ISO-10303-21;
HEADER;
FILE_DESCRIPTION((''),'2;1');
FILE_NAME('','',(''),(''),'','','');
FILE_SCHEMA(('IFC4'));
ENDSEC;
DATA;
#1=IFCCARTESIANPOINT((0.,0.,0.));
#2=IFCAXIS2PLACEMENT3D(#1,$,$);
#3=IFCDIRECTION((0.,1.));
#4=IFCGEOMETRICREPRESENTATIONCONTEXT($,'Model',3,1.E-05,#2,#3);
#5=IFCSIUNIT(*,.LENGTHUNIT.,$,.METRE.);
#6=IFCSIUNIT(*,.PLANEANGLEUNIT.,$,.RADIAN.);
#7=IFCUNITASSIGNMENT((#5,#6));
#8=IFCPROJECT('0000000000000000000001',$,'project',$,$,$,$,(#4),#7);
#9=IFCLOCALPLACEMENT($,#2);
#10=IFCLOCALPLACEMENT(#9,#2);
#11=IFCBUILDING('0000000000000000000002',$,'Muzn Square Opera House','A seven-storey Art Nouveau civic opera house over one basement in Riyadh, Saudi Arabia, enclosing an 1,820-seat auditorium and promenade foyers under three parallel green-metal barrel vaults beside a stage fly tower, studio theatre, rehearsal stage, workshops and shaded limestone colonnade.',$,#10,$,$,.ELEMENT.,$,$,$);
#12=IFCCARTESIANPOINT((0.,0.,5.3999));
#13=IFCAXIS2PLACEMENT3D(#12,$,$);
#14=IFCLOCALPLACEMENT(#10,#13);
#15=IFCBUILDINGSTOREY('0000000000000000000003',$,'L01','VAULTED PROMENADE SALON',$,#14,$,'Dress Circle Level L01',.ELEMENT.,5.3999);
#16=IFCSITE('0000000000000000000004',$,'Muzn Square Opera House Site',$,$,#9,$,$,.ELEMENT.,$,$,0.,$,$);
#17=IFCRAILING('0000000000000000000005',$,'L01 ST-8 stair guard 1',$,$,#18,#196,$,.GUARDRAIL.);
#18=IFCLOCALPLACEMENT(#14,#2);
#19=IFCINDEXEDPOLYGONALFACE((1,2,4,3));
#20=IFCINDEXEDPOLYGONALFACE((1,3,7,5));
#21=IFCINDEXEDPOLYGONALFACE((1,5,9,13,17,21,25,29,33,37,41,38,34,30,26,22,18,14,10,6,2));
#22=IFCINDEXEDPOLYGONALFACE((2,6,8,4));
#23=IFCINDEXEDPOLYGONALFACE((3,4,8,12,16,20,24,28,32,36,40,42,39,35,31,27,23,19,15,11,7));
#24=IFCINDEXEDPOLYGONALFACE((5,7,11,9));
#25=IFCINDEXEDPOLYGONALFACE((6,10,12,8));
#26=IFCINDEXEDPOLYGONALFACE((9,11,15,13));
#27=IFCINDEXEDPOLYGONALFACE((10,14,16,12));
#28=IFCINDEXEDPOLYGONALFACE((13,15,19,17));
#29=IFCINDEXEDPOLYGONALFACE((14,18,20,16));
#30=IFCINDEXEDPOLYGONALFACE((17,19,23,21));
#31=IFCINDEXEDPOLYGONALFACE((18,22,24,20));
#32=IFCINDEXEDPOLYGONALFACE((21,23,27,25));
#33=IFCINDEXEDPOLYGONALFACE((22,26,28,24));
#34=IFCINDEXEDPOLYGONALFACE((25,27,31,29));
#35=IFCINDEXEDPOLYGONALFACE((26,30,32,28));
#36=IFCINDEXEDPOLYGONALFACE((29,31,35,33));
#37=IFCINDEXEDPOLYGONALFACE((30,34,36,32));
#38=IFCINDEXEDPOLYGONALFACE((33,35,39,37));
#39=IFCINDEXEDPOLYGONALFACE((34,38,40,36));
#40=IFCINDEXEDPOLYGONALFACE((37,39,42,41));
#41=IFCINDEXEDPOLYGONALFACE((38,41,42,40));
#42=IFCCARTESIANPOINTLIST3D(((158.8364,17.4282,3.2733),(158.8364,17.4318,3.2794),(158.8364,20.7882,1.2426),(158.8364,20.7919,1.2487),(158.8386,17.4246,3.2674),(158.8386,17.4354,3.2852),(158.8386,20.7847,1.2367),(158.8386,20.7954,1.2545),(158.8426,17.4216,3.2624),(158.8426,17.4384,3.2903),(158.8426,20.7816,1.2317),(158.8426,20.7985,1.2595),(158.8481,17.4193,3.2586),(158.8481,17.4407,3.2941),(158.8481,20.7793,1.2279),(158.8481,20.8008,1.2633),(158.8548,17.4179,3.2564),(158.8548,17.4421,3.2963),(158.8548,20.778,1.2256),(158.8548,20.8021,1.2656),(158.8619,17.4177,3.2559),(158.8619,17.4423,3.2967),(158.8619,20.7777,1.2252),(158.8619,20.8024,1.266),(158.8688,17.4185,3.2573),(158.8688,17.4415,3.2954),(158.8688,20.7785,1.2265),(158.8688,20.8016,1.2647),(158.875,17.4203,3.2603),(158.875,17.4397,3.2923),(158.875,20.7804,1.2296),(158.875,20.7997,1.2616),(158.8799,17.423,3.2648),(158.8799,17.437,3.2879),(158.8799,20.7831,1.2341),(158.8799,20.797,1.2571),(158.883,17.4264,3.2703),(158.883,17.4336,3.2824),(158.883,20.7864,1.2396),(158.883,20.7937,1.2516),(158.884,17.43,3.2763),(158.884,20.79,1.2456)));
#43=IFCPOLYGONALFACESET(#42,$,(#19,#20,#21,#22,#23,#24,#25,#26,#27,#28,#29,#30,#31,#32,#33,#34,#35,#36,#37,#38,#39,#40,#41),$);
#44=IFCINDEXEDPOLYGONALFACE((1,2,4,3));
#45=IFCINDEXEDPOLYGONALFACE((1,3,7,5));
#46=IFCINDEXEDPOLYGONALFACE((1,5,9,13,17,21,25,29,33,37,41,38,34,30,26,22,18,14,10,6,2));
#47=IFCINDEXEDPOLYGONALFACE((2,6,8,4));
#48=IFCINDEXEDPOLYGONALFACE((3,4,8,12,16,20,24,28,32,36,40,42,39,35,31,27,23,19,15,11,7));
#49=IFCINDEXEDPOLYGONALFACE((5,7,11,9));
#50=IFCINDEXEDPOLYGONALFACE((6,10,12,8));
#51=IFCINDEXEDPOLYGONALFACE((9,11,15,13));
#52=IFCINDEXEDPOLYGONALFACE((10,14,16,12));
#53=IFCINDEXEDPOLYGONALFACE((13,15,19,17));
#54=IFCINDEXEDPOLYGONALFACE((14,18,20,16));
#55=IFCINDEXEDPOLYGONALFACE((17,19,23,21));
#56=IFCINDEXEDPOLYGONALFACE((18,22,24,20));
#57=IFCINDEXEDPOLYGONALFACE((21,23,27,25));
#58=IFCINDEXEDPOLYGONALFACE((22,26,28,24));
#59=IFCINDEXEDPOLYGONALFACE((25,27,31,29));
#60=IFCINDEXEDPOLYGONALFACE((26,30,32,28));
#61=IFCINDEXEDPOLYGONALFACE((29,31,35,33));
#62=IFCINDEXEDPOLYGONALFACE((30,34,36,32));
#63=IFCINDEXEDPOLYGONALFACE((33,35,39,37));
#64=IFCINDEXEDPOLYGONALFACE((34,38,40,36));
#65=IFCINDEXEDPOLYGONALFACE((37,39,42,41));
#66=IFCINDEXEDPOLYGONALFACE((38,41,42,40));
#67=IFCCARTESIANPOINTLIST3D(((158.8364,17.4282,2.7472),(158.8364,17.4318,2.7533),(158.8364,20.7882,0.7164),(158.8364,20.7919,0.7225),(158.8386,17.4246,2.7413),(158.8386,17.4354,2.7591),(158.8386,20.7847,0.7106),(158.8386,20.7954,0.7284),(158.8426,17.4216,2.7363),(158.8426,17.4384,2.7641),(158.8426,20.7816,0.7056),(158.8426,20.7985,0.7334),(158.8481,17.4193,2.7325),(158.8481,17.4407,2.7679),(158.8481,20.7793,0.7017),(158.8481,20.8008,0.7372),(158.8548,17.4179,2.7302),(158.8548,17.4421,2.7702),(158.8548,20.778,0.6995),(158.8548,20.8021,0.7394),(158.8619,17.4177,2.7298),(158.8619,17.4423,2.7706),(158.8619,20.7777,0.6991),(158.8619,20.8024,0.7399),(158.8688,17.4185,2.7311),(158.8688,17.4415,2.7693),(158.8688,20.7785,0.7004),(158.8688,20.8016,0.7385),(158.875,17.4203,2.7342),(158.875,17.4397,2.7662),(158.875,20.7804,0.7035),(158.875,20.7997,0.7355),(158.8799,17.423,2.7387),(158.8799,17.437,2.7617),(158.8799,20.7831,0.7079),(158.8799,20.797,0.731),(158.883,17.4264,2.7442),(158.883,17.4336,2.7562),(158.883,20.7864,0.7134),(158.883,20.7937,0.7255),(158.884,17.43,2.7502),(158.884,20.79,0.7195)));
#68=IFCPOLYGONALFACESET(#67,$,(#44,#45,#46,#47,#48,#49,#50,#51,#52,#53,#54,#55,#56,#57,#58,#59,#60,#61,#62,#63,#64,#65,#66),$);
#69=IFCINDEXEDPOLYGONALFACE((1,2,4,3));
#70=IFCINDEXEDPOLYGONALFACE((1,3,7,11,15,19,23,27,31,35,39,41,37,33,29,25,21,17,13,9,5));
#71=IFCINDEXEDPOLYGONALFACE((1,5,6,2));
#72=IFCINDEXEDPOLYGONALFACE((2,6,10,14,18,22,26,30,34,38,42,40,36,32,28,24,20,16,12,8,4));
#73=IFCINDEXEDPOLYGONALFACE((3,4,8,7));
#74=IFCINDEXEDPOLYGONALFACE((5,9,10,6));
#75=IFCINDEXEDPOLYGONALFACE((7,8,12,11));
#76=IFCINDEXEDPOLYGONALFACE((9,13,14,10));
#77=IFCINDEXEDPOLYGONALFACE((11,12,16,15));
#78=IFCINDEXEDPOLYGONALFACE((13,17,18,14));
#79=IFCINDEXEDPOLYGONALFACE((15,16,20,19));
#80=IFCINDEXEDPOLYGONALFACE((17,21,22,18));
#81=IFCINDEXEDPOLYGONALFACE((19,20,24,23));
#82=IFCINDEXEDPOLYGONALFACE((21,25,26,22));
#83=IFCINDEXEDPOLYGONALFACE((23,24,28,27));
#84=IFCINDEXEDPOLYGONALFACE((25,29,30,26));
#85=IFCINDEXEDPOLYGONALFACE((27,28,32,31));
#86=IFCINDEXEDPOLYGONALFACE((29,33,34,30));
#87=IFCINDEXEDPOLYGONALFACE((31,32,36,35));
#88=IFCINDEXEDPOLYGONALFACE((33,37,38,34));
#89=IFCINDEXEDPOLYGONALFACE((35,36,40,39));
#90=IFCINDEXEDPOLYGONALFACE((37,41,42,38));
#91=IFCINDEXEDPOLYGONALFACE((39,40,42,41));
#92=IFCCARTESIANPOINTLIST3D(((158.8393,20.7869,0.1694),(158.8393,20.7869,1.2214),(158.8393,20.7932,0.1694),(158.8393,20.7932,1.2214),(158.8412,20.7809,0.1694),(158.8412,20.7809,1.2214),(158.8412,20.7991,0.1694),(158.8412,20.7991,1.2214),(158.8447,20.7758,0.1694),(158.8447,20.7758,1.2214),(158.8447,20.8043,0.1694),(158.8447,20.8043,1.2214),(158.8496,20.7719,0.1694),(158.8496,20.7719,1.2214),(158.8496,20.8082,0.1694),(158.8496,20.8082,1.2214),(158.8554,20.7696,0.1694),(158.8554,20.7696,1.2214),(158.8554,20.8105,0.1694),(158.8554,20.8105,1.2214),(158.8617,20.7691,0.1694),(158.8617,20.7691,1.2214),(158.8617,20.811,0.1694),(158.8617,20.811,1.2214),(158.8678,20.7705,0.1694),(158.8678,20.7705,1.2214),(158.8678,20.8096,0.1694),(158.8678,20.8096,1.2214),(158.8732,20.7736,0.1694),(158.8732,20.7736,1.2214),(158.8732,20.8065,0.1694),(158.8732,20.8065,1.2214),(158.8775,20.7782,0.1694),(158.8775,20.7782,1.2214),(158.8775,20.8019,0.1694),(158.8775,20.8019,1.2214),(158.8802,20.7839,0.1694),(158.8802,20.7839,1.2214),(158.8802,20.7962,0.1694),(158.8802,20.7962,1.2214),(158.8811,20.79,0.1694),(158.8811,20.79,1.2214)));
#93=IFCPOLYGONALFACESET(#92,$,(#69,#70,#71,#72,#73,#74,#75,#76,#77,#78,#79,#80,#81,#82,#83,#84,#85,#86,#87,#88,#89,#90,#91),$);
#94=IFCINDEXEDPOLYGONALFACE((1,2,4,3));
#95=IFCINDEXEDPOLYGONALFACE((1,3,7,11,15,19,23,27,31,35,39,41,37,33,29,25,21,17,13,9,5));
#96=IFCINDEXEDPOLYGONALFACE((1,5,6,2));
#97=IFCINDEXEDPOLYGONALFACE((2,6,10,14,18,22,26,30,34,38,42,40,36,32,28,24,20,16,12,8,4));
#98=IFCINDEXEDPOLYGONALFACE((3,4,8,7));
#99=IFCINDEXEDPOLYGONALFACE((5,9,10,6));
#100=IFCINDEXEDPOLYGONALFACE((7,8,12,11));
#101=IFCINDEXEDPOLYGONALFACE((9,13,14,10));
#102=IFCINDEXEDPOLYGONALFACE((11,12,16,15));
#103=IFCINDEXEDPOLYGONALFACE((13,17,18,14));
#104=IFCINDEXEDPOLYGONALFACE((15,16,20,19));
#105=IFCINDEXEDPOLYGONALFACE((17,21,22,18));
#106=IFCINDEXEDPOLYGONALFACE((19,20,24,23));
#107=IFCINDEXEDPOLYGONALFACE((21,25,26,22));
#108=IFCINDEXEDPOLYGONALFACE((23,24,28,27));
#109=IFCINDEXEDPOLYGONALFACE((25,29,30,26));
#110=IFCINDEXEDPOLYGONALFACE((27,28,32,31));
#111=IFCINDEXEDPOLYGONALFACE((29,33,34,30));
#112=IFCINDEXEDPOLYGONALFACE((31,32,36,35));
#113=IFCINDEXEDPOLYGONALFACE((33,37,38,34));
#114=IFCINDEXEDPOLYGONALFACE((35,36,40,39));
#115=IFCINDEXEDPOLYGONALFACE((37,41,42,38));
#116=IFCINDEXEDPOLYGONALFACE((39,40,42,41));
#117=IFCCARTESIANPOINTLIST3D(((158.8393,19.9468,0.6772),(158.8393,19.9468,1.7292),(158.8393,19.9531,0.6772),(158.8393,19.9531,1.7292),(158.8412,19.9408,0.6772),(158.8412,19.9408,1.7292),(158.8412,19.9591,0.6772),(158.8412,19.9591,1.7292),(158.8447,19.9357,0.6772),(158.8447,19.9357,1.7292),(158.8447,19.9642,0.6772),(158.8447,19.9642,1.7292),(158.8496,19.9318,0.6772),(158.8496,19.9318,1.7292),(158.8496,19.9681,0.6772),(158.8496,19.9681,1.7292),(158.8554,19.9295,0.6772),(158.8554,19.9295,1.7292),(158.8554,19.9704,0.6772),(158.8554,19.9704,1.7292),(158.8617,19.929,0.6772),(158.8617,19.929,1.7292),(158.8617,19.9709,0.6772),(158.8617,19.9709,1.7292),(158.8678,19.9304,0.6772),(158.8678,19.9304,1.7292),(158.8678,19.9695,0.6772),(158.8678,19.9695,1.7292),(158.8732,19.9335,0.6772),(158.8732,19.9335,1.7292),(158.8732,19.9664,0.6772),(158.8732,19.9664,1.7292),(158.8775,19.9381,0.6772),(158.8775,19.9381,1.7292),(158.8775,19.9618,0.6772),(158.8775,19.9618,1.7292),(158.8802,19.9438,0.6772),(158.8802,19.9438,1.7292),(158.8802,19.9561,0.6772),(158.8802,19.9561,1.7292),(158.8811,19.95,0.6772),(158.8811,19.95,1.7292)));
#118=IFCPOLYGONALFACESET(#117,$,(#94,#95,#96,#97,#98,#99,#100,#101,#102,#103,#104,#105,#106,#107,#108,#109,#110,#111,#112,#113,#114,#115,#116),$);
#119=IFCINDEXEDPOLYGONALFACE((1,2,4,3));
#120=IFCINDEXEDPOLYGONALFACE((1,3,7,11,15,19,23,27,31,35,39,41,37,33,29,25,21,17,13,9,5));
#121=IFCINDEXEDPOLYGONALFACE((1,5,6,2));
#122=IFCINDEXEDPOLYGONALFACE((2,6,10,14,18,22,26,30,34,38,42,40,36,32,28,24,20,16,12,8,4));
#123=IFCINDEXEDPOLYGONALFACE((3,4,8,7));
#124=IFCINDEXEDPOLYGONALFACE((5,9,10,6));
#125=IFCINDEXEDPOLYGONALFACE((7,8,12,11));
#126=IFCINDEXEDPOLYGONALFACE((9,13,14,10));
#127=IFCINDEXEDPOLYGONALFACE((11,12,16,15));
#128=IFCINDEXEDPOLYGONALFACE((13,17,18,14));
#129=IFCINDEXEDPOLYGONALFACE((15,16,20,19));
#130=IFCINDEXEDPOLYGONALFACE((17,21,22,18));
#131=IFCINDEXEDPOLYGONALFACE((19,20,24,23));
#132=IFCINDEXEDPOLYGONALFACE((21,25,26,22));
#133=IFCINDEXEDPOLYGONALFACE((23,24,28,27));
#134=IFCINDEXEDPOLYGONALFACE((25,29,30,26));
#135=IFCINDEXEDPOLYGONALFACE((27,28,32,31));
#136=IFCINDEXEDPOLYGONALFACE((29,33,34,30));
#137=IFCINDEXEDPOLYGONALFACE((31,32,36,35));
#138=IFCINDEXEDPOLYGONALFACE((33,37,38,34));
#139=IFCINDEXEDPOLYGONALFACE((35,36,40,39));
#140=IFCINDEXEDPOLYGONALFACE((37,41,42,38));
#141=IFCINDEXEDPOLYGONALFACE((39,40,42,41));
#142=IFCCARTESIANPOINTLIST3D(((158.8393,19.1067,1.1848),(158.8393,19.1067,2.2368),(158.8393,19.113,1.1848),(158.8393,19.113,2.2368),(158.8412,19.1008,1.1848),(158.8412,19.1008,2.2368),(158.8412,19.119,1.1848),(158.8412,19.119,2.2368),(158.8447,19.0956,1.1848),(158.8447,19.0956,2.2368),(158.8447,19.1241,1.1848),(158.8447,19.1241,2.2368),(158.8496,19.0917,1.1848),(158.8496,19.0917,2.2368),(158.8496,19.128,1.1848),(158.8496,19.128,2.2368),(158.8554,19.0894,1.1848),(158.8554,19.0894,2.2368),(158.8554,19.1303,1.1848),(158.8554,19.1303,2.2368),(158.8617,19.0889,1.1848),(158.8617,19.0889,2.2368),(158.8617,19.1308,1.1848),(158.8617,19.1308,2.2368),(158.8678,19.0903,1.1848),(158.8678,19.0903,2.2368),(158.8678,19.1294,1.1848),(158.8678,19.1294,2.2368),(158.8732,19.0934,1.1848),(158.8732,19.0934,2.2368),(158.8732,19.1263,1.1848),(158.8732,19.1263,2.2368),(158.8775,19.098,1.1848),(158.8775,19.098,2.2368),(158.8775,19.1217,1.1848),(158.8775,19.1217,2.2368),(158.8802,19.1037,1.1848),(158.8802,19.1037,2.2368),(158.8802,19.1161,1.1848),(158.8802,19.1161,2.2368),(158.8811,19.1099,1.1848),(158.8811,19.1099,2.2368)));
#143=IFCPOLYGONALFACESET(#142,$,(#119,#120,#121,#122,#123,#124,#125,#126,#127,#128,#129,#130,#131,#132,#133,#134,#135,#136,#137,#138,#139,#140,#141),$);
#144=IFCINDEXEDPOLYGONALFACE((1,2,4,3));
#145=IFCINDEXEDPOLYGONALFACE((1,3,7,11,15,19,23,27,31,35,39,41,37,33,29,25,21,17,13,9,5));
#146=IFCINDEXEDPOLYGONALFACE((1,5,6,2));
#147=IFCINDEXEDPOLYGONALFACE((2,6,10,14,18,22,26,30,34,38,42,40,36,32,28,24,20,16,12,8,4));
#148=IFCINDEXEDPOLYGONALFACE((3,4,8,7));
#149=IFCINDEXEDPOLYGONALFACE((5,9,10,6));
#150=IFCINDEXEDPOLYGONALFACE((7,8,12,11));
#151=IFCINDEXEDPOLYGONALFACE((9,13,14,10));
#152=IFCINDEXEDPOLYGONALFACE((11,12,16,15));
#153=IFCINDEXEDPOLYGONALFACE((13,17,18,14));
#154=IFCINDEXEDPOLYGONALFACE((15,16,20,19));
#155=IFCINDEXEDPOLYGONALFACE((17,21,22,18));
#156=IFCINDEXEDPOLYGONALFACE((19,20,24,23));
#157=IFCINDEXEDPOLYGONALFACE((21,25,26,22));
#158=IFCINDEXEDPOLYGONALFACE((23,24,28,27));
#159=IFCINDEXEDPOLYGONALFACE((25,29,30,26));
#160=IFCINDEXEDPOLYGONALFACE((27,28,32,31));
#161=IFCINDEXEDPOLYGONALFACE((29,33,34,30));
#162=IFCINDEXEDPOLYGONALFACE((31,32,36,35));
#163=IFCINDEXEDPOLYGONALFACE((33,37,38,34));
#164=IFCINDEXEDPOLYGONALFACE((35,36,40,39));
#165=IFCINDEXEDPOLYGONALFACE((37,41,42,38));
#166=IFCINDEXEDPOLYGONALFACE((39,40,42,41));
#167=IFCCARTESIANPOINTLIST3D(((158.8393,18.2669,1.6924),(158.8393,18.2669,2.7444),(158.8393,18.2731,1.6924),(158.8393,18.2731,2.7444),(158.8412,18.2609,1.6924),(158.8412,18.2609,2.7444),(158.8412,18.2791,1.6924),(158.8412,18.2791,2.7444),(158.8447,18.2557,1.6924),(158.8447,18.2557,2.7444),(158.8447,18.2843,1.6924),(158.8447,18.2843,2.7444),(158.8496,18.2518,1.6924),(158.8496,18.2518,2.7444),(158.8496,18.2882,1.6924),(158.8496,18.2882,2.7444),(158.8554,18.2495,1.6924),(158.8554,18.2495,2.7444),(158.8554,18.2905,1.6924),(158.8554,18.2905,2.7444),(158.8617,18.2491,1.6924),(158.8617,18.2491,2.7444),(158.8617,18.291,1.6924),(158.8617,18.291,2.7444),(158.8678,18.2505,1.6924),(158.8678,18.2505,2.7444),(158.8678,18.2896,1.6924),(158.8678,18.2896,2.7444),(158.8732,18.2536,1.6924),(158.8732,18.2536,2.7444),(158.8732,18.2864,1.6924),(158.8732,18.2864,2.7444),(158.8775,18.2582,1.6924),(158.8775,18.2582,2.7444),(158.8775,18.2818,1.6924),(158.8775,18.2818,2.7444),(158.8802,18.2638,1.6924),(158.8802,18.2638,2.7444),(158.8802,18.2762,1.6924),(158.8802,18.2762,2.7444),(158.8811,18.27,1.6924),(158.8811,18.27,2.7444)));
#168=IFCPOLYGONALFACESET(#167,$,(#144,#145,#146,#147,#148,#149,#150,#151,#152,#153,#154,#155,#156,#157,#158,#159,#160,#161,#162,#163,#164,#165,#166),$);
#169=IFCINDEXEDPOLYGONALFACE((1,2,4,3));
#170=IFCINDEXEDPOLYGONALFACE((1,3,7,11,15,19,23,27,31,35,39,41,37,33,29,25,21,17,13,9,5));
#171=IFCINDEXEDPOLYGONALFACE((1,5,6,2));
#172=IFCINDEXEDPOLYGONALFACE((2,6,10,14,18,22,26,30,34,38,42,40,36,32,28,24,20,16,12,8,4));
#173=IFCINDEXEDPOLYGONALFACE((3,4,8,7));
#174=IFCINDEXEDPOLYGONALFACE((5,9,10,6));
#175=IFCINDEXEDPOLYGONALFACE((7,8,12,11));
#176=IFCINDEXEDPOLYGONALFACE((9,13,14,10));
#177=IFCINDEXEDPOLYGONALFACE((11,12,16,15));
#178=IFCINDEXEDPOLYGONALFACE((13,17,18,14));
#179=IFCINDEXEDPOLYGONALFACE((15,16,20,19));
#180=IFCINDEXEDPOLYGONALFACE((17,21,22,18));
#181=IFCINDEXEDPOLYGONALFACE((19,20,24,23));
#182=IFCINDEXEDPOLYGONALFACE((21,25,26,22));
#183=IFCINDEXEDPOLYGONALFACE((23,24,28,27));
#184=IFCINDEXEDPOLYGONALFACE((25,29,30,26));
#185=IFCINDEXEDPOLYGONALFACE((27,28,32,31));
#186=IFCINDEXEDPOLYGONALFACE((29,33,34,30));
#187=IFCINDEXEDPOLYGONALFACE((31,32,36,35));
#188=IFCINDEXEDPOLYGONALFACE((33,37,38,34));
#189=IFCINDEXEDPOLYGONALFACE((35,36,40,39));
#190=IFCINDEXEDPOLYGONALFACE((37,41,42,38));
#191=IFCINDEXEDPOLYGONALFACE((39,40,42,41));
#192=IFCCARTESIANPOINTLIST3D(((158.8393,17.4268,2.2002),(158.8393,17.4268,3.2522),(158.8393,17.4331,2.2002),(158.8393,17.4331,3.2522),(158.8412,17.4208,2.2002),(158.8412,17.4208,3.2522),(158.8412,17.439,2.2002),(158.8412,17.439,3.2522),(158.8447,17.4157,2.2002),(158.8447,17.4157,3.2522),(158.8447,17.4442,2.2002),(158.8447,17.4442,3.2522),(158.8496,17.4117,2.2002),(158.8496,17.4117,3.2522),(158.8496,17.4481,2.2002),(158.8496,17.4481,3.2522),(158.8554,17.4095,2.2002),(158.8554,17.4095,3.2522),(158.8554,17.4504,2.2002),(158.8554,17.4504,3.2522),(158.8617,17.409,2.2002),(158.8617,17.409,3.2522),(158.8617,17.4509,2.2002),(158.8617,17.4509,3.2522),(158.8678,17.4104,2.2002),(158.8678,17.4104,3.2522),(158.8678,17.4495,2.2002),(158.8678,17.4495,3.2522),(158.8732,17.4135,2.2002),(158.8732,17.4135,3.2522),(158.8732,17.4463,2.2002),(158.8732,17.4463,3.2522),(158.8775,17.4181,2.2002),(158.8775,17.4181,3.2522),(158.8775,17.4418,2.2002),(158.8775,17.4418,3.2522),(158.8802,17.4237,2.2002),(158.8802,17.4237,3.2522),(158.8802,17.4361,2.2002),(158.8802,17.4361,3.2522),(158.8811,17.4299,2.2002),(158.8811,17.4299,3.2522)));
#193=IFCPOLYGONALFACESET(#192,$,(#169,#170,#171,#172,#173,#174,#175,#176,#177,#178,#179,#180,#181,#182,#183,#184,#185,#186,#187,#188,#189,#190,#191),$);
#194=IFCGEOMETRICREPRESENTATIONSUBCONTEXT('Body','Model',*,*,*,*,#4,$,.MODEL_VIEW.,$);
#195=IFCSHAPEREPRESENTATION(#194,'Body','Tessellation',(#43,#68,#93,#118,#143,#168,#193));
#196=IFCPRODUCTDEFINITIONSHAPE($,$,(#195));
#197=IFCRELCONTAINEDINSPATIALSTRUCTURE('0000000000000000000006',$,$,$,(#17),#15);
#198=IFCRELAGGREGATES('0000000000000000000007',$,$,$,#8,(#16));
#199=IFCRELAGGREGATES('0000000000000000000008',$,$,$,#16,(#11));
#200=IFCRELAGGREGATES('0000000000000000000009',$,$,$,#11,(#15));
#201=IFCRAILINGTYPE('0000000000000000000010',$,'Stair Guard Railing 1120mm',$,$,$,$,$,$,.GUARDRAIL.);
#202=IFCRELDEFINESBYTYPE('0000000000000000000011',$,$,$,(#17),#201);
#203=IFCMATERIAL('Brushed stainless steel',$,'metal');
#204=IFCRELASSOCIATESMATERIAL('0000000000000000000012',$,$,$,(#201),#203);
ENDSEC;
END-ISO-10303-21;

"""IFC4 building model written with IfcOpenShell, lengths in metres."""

from ifc_helpers import new_model, si_unit, direction, frame, origin, origin_2d, place, context, subcontext, project, spatial, circle, extrude, material, type_object, element, save


model = new_model("IFC4")

# Units and contexts
model_context = context("Model", 3, precision=1e-05, world=origin(), true_north=direction((0.0, 1.0)))
body_context = subcontext(model_context, "Body", "Model", "MODEL_VIEW")
ifc_project = project(units=[si_unit("LENGTHUNIT", "METRE"), si_unit("PLANEANGLEUNIT", "RADIAN")], contexts=[model_context])

# Site, building, storey
site_placement = place(None, origin())
site = spatial("IfcSite", under=ifc_project, at=site_placement, Name="Muzn Square Opera House Site", CompositionType="ELEMENT", RefElevation=0.0)
building_placement = place(site_placement, origin())
building = spatial("IfcBuilding", under=site, at=building_placement, Name="Muzn Square Opera House", Description="A seven-storey Art Nouveau civic opera house over one basement in Riyadh, Saudi Arabia, enclosing an 1,820-seat auditorium and promenade foyers under three parallel green-metal barrel vaults beside a stage fly tower, studio theatre, rehearsal stage, workshops and shaded limestone colonnade.", CompositionType="ELEMENT")
storey_placement = place(building_placement, frame((0.0, 0.0, 5.3999)))
storey = spatial("IfcBuildingStorey", under=building, at=storey_placement, Name="L01", Description="VAULTED PROMENADE SALON", LongName="Dress Circle Level L01", CompositionType="ELEMENT", Elevation=5.3999)

# Railing
ifc_material_1 = material(Name="Brushed stainless steel", Category="metal")
railing_type_1 = type_object("IfcRailingType", Name="Stair Guard Railing 1120mm", PredefinedType="GUARDRAIL", material=ifc_material_1)
railing_1_placement = place(storey_placement, frame((158.8601, 20.79, 0.1694)))
element("IfcRailing", 1, at=railing_1_placement, inside=storey, type_object=railing_type_1, Name="L01 ST-8 stair guard 1", PredefinedType="GUARDRAIL", context=body_context, shape_type="SweptSolid", body=[
    extrude(circle(Radius=0.0239, at=origin_2d()), frame((0.0, 0.0, 1.0762), z_axis=(0.0, -0.855837, 0.517246), x_axis=(1.0, 0.0, 0.0)), (0.0, 0.0, 1.0), 3.926),
    extrude(circle(Radius=0.0239, at=origin_2d()), frame((0.0, 0.0, 0.55), z_axis=(0.0, -0.855837, 0.517246), x_axis=(1.0, 0.0, 0.0)), (0.0, 0.0, 1.0), 3.926),
    extrude(circle(Radius=0.021, at=origin_2d()), origin(), (0.0, 0.0, 1.0), 1.052),
    extrude(circle(Radius=0.021, at=origin_2d()), frame((0.0, -0.8401, 0.5078)), (0.0, 0.0, 1.0), 1.052),
    extrude(circle(Radius=0.021, at=origin_2d()), frame((0.0, -1.6802, 1.0154)), (0.0, 0.0, 1.0), 1.052),
    extrude(circle(Radius=0.021, at=origin_2d()), frame((0.0, -2.52, 1.5229)), (0.0, 0.0, 1.0), 1.052),
    extrude(circle(Radius=0.021, at=origin_2d()), frame((0.0, -3.3601, 2.0308)), (0.0, 0.0, 1.0), 1.052),
])

save(model, "model.ifc")
